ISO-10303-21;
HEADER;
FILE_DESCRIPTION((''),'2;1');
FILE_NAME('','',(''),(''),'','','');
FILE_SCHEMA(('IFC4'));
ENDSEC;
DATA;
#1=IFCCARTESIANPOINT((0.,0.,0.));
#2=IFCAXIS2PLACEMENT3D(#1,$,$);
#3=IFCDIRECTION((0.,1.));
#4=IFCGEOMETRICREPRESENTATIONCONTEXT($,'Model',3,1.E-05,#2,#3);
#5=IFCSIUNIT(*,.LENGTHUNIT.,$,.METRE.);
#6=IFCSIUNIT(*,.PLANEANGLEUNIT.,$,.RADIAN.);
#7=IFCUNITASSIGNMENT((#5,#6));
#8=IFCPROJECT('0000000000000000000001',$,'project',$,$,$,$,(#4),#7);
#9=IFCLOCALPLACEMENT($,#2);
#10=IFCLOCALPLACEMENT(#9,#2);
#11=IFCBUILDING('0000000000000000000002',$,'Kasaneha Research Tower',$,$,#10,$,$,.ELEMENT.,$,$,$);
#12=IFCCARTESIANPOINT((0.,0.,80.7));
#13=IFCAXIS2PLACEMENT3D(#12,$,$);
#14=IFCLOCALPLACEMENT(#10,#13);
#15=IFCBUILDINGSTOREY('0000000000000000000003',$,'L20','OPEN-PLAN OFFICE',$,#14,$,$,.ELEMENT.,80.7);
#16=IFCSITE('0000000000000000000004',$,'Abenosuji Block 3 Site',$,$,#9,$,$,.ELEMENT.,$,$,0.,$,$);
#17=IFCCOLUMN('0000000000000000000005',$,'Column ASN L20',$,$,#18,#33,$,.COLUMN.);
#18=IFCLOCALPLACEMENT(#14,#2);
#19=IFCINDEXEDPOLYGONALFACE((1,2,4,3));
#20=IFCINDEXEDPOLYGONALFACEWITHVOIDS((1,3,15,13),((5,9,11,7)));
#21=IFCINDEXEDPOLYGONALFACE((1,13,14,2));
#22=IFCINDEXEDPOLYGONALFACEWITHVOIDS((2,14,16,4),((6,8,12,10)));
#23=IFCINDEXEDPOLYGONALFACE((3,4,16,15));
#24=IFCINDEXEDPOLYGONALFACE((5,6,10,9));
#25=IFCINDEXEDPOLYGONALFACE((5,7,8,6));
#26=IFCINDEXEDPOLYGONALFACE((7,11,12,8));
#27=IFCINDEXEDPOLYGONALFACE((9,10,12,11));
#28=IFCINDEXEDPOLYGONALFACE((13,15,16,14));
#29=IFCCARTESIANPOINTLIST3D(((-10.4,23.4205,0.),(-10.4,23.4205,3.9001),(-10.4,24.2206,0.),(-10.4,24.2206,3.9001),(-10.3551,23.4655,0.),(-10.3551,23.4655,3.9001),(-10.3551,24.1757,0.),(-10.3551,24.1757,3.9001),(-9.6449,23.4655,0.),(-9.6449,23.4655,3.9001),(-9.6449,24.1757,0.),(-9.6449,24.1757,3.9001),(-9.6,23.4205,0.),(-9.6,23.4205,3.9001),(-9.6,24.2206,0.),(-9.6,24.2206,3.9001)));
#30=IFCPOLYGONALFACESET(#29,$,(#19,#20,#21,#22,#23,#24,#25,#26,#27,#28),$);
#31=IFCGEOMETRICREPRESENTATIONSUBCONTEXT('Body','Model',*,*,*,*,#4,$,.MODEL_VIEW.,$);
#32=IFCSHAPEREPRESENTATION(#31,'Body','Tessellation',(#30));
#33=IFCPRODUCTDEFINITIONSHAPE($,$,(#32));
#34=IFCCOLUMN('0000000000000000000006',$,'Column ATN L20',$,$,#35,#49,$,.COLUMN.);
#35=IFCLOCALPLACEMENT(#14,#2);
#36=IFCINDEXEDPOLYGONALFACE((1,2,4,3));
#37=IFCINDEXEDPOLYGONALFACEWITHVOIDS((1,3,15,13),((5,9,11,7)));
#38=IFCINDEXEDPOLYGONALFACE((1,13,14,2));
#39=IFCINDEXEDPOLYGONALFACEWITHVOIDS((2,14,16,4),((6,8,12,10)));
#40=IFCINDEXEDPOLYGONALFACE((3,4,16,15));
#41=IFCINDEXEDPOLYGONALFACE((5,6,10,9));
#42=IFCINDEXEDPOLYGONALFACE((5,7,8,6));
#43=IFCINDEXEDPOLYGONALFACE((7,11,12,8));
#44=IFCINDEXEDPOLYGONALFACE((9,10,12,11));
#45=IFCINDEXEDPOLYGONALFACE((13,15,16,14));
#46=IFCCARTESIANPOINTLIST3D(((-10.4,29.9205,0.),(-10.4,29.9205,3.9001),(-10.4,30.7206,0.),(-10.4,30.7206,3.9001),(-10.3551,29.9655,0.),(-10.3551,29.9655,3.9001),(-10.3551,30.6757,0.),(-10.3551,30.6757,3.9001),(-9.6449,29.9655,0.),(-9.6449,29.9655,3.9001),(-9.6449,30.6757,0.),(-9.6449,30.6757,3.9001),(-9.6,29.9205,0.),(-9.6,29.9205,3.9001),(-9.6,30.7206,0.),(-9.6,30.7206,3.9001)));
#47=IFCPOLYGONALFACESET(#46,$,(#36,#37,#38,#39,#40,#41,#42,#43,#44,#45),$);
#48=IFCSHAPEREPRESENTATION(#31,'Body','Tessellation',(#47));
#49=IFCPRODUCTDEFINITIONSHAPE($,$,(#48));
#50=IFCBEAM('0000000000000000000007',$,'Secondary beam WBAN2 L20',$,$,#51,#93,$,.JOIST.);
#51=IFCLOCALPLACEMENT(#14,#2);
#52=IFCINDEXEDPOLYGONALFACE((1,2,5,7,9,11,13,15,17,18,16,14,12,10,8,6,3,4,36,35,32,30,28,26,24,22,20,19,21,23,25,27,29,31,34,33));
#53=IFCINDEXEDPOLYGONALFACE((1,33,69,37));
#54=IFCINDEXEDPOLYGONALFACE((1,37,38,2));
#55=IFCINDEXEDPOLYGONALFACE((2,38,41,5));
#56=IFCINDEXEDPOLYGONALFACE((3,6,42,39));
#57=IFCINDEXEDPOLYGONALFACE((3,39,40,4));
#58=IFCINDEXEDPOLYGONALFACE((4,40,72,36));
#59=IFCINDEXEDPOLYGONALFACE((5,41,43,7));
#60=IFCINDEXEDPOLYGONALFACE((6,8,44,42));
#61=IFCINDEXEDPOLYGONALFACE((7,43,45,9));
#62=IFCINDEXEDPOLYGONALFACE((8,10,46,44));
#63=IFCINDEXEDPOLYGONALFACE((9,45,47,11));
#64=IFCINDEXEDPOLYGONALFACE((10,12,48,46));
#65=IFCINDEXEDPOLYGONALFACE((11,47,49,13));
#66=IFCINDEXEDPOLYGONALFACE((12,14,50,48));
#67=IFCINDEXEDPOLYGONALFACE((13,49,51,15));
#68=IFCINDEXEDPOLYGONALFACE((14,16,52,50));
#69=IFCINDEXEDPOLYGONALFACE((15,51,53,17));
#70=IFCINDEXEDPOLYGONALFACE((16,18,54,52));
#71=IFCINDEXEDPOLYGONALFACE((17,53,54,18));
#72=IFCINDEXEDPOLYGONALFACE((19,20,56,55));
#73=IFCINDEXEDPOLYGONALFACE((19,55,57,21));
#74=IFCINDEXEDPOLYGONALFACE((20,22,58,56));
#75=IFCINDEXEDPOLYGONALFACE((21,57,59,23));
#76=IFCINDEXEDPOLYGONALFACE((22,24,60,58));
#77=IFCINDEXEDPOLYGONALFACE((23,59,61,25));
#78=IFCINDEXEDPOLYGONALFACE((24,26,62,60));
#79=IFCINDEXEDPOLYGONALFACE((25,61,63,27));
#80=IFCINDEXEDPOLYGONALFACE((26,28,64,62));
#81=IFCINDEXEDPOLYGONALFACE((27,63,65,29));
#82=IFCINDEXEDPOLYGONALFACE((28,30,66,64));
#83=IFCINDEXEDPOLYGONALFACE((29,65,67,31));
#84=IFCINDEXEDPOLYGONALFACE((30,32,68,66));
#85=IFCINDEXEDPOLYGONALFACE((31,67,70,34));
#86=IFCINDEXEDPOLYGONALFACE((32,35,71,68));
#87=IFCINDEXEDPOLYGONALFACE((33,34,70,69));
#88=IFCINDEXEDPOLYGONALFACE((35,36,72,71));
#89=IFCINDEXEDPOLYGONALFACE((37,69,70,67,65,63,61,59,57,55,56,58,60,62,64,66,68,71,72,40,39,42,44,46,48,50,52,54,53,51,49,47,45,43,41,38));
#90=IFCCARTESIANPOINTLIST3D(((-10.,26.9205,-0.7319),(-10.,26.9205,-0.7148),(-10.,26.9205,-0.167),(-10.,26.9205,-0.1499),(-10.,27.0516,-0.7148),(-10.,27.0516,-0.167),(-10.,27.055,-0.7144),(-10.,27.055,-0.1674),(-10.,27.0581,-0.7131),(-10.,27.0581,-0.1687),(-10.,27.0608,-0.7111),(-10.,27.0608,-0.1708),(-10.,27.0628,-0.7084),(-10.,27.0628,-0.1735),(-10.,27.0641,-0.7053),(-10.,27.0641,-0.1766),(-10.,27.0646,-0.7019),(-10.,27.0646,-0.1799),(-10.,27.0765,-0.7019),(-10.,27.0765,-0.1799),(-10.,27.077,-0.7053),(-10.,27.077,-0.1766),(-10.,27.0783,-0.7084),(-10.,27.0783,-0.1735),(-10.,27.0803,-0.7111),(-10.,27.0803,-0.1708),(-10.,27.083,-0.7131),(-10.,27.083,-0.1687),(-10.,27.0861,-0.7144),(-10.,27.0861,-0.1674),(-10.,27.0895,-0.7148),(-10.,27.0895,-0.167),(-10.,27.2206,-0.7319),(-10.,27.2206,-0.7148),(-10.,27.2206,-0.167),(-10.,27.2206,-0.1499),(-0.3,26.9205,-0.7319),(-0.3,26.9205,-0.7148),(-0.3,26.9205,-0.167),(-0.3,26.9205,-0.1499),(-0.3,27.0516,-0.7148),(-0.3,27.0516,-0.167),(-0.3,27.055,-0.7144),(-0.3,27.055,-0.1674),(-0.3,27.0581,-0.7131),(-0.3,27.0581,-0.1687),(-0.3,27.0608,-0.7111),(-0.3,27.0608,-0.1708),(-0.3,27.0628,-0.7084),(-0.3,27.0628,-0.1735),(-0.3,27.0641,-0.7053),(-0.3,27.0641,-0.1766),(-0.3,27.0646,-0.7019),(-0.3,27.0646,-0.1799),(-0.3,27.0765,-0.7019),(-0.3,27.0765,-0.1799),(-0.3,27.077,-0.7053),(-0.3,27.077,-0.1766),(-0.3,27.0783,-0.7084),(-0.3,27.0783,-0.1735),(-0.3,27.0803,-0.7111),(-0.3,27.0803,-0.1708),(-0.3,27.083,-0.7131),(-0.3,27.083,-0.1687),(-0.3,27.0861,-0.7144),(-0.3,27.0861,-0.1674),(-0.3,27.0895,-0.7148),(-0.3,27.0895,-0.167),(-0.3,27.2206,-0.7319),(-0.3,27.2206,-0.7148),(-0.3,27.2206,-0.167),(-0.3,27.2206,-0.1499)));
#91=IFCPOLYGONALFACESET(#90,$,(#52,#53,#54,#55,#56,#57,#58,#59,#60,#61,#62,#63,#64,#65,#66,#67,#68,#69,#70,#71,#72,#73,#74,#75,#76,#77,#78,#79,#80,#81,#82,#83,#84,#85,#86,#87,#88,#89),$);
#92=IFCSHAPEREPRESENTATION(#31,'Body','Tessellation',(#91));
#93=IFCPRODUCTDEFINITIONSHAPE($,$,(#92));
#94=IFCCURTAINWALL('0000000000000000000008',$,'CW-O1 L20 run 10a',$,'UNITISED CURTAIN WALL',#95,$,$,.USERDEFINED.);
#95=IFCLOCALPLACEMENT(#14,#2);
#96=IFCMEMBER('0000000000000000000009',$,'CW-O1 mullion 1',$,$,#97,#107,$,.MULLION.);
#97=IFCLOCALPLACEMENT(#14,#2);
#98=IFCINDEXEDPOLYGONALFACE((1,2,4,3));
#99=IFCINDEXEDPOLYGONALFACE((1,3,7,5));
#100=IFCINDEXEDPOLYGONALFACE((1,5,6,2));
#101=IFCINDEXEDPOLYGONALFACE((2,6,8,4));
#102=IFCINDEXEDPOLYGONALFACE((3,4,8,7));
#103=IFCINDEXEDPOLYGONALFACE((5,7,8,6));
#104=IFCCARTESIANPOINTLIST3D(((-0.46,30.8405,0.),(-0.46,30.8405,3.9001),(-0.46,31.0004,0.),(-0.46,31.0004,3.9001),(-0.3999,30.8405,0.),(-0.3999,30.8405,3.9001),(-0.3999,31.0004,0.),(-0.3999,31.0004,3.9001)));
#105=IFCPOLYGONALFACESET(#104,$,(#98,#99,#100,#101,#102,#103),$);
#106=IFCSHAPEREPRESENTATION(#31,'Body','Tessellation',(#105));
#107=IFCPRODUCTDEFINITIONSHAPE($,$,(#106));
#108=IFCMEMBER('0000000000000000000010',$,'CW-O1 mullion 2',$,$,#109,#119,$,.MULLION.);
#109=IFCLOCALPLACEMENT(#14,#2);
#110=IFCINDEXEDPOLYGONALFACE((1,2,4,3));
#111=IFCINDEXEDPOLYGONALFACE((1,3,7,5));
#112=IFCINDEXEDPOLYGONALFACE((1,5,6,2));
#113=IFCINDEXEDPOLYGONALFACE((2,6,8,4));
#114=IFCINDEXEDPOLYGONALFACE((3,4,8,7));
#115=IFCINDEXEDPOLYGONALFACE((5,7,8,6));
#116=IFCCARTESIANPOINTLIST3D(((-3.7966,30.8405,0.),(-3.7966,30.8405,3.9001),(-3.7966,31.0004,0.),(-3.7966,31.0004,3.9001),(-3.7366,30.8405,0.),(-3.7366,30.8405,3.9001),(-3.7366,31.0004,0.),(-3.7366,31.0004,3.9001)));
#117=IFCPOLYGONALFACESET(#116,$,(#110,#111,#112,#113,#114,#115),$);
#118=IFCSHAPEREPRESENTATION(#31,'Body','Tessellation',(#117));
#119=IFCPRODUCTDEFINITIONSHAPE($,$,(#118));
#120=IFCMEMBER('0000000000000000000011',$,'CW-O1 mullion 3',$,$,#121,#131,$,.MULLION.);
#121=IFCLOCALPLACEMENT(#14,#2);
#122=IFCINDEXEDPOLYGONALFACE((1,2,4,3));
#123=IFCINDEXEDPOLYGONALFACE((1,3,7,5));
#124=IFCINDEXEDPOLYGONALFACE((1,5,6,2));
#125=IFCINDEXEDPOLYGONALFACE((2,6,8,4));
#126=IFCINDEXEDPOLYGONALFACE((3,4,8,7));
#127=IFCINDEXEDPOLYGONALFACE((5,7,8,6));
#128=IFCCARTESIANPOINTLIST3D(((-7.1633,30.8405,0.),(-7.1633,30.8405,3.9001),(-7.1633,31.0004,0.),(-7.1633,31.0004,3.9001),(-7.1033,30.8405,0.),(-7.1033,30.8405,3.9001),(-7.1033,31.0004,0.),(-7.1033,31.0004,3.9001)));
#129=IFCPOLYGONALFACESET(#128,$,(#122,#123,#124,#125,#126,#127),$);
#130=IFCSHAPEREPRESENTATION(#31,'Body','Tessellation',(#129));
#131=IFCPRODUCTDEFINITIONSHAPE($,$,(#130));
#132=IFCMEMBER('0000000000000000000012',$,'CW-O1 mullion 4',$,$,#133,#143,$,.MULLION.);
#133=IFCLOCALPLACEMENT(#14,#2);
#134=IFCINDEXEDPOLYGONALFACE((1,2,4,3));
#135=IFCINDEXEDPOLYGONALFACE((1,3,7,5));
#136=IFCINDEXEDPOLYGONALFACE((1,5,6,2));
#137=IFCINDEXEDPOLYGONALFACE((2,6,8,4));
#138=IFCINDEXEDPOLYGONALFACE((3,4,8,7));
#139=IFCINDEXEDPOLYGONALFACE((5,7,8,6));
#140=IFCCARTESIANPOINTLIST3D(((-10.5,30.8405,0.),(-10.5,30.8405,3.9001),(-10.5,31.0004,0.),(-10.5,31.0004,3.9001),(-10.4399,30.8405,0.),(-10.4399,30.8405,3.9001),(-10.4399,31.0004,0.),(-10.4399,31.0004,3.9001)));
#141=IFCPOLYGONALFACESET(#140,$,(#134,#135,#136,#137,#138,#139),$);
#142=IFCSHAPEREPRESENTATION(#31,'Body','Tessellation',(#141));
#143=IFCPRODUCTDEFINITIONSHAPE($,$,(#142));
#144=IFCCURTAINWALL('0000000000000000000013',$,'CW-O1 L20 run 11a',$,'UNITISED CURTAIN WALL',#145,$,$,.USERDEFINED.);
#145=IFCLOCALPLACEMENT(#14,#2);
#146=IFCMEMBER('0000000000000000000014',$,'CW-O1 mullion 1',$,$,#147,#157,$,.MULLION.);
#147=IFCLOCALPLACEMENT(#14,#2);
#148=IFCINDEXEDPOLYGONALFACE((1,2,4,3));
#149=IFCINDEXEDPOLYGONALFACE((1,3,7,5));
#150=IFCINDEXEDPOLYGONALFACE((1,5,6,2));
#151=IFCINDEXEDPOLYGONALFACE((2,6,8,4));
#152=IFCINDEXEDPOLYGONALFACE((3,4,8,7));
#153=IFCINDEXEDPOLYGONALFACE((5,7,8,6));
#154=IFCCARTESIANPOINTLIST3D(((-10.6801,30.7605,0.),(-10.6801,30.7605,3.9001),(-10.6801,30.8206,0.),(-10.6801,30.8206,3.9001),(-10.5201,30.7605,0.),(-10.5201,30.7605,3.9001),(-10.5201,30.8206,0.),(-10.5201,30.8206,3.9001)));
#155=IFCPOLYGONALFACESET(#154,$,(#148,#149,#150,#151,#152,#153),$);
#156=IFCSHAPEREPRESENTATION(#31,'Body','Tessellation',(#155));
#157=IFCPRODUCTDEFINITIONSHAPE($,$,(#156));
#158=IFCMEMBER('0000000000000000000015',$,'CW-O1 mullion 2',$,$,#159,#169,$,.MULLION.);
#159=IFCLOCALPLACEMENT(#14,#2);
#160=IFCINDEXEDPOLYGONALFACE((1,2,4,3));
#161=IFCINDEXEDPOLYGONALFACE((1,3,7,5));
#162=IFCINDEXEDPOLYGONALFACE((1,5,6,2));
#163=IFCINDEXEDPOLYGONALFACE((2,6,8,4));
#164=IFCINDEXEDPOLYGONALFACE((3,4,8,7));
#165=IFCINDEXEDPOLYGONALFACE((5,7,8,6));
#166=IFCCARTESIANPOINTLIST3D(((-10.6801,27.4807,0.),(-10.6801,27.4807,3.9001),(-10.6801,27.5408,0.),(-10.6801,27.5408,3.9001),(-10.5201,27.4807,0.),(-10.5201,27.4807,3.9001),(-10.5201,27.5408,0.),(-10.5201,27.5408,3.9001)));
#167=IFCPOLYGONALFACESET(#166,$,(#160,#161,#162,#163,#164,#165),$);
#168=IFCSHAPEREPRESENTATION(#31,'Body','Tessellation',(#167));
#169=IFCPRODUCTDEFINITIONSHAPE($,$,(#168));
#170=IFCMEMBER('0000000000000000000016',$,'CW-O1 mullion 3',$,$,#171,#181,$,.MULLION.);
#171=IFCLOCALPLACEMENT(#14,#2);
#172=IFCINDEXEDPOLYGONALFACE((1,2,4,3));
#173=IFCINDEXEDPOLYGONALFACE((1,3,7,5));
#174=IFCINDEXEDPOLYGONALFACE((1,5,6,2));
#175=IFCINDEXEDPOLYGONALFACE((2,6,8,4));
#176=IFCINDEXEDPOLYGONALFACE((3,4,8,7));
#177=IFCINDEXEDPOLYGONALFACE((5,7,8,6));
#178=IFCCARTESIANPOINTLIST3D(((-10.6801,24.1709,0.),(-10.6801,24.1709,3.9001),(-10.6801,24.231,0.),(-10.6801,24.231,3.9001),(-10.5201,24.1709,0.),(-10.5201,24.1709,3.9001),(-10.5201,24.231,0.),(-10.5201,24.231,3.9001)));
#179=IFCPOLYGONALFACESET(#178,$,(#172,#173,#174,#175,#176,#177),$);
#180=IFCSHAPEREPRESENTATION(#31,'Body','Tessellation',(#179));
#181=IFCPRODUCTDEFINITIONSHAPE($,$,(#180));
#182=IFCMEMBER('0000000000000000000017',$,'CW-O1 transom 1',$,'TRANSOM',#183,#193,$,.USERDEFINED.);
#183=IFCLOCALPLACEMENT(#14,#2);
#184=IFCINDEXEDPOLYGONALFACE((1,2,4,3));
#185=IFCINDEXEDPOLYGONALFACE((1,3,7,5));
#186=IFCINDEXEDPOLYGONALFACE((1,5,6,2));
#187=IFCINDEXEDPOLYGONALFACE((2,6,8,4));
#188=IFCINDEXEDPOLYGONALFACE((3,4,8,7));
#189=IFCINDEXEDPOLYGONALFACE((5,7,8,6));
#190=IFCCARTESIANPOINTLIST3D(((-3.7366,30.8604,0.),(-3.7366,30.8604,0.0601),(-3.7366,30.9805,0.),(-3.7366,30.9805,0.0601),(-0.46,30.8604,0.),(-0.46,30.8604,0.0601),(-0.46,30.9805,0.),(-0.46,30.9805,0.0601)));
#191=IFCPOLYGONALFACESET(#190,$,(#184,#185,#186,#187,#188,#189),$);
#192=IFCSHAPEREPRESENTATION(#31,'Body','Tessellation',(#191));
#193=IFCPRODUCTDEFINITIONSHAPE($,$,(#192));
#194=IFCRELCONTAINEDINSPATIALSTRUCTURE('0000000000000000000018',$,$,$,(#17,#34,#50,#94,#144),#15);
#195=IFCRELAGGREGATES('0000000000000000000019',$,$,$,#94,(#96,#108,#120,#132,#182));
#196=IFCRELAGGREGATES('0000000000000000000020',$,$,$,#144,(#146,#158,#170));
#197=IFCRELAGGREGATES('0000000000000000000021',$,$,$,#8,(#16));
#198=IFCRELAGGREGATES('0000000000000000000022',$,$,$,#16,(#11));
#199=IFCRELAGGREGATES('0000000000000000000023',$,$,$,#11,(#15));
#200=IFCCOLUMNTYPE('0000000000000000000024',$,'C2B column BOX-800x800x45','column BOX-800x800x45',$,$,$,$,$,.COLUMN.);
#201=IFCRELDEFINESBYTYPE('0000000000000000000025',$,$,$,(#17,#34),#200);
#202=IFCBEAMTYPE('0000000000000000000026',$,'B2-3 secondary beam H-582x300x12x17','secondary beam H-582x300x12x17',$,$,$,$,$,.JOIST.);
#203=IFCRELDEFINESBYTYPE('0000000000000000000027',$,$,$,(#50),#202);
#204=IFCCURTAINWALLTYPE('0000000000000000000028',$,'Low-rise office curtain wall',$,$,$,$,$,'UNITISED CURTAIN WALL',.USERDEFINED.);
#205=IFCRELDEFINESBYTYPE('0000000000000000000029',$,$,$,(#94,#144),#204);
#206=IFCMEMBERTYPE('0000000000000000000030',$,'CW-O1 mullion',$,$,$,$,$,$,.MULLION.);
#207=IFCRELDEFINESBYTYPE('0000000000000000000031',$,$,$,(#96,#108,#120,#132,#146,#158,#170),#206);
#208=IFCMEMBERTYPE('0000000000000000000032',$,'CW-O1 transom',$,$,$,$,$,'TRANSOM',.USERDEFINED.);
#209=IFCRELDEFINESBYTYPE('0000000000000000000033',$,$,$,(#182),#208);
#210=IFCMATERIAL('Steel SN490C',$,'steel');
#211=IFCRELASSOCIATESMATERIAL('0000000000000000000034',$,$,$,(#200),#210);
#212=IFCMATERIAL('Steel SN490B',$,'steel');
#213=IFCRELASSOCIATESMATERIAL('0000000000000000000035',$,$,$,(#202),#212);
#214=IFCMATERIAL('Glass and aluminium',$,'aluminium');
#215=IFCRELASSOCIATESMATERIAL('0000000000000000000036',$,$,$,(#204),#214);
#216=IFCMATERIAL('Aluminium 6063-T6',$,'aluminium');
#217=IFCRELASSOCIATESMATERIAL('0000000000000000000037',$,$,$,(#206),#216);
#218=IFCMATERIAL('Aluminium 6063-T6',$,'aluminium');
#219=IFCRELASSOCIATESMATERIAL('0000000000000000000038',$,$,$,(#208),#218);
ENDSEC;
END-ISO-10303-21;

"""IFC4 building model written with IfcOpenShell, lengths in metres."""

from ifc_helpers import new_model, si_unit, direction, frame, origin, origin_2d, place, context, subcontext, project, spatial, rectangle, hollow_rectangle, i_section, extrude, material, material_profile, profile_set, type_object, element, aggregate, save


model = new_model("IFC4")

# Units and contexts
model_context = context("Model", 3, precision=1e-05, world=origin(), true_north=direction((0.0, 1.0)))
body_context = subcontext(model_context, "Body", "Model", "MODEL_VIEW")
ifc_project = project(units=[si_unit("LENGTHUNIT", "METRE"), si_unit("PLANEANGLEUNIT", "RADIAN")], contexts=[model_context])

# Site, building, storey
site_placement = place(None, origin())
site = spatial("IfcSite", under=ifc_project, at=site_placement, Name="Abenosuji Block 3 Site", CompositionType="ELEMENT", RefElevation=0.0)
building_placement = place(site_placement, origin())
building = spatial("IfcBuilding", under=site, at=building_placement, Name="Kasaneha Research Tower", CompositionType="ELEMENT")
storey_placement = place(building_placement, frame((0.0, 0.0, 80.7)))
storey = spatial("IfcBuildingStorey", under=building, at=storey_placement, Name="L20", Description="OPEN-PLAN OFFICE", CompositionType="ELEMENT", Elevation=80.7)

# Columns
ifc_material_1 = material(Name="Steel SN490C", Category="steel")
ifc_material_profile_1 = material_profile(ifc_material_1, hollow_rectangle(XDim=0.8, YDim=0.8, WallThickness=0.0449, at=origin_2d()), Name="BOX-800x800x45")
ifc_profile_set_1 = profile_set([ifc_material_profile_1], Name="Steel SN490C")
column_type = type_object("IfcColumnType", Name="C2B column BOX-800x800x45", Description="column BOX-800x800x45", PredefinedType="COLUMN", material=ifc_profile_set_1)
for number, where, z_axis, x_axis, name in (
    (1, (-10.0, 23.8206, 0.0), (0.0, 0.0, 1.0), (1.0, 0.0, 0.0), "Column ASN L20"),
    (2, (-10.0, 30.3206, 0.0), (0.0, 0.0, 1.0), (1.0, 0.0, 0.0), "Column ATN L20"),
):
    element("IfcColumn", number, at=place(storey_placement, frame(where, z_axis=z_axis, x_axis=x_axis)), inside=storey, type_object=column_type, Name=name, PredefinedType="COLUMN", context=body_context, shape_type="SweptSolid", body=[
        extrude(hollow_rectangle(XDim=0.8, YDim=0.8, WallThickness=0.0449, at=origin_2d()), origin(), (0.0, 0.0, 1.0), 3.9001),
    ])

# Beam
ifc_material_2 = material(Name="Steel SN490B", Category="steel")
ifc_material_profile_2 = material_profile(ifc_material_2, i_section(OverallWidth=0.3, OverallDepth=0.582, WebThickness=0.012, FlangeThickness=0.0171, FilletRadius=0.0129, at=origin_2d()), Name="H-582x300x12x17")
ifc_profile_set_2 = profile_set([ifc_material_profile_2], Name="Steel SN490B")
beam_type_1 = type_object("IfcBeamType", Name="B2-3 secondary beam H-582x300x12x17", Description="secondary beam H-582x300x12x17", PredefinedType="JOIST", material=ifc_profile_set_2)
beam_1_placement = place(storey_placement, frame((-10.0, 27.0706, -0.4409), z_axis=(1.0, 0.0, 0.0), x_axis=(0.0, 1.0, 0.0)))
element("IfcBeam", 3, at=beam_1_placement, inside=storey, type_object=beam_type_1, Name="Secondary beam WBAN2 L20", PredefinedType="JOIST", context=body_context, shape_type="SweptSolid", body=[
    extrude(i_section(OverallWidth=0.3, OverallDepth=0.582, WebThickness=0.012, FlangeThickness=0.0171, FilletRadius=0.0129, at=origin_2d()), origin(), (0.0, 0.0, 1.0), 9.7),
])

# Curtain walls, members
ifc_material_3 = material(Name="Glass and aluminium", Category="aluminium")
curtain_wall_type = type_object("IfcCurtainWallType", Name="Low-rise office curtain wall", ElementType="UNITISED CURTAIN WALL", PredefinedType="USERDEFINED", material=ifc_material_3)
curtain_wall_1_placement = place(storey_placement, origin())
curtain_wall_1 = element("IfcCurtainWall", 4, at=curtain_wall_1_placement, inside=storey, type_object=curtain_wall_type, Name="CW-O1 L20 run 10a", ObjectType="UNITISED CURTAIN WALL", PredefinedType="USERDEFINED")
ifc_material_4 = material(Name="Aluminium 6063-T6", Category="aluminium")
ifc_material_profile_3 = material_profile(ifc_material_4, rectangle(XDim=0.0601, YDim=0.1599, at=origin_2d()), Name="CW-O1 mullion 60x160")
ifc_profile_set_3 = profile_set([ifc_material_profile_3], Name="Aluminium 6063-T6")
member_type_1 = type_object("IfcMemberType", Name="CW-O1 mullion", PredefinedType="MULLION", material=ifc_profile_set_3)
member_1_placement = place(storey_placement, frame((-0.4299, 30.9204, 0.0), z_axis=(0.0, 0.0, 1.0), x_axis=(-1.0, 0.0, 0.0)))
member_1 = element("IfcMember", 5, at=member_1_placement, type_object=member_type_1, Name="CW-O1 mullion 1", PredefinedType="MULLION", context=body_context, shape_type="SweptSolid", body=[
    extrude(rectangle(XDim=0.0601, YDim=0.1599, at=origin_2d()), origin(), (0.0, 0.0, 1.0), 3.9001),
])
member_2_placement = place(storey_placement, frame((-3.7666, 30.9204, 0.0), z_axis=(0.0, 0.0, 1.0), x_axis=(-1.0, 0.0, 0.0)))
member_2 = element("IfcMember", 6, at=member_2_placement, type_object=member_type_1, Name="CW-O1 mullion 2", PredefinedType="MULLION", context=body_context, shape_type="SweptSolid", body=[
    extrude(rectangle(XDim=0.0601, YDim=0.1599, at=origin_2d()), origin(), (0.0, 0.0, 1.0), 3.9001),
])
member_3_placement = place(storey_placement, frame((-7.1333, 30.9204, 0.0), z_axis=(0.0, 0.0, 1.0), x_axis=(-1.0, 0.0, 0.0)))
member_3 = element("IfcMember", 7, at=member_3_placement, type_object=member_type_1, Name="CW-O1 mullion 3", PredefinedType="MULLION", context=body_context, shape_type="SweptSolid", body=[
    extrude(rectangle(XDim=0.0601, YDim=0.1599, at=origin_2d()), origin(), (0.0, 0.0, 1.0), 3.9001),
])
member_4_placement = place(storey_placement, frame((-10.47, 30.9204, 0.0), z_axis=(0.0, 0.0, 1.0), x_axis=(-1.0, 0.0, 0.0)))
member_4 = element("IfcMember", 8, at=member_4_placement, type_object=member_type_1, Name="CW-O1 mullion 4", PredefinedType="MULLION", context=body_context, shape_type="SweptSolid", body=[
    extrude(rectangle(XDim=0.0601, YDim=0.1599, at=origin_2d()), origin(), (0.0, 0.0, 1.0), 3.9001),
])
curtain_wall_2_placement = place(storey_placement, origin())
curtain_wall_2 = element("IfcCurtainWall", 9, at=curtain_wall_2_placement, inside=storey, type_object=curtain_wall_type, Name="CW-O1 L20 run 11a", ObjectType="UNITISED CURTAIN WALL", PredefinedType="USERDEFINED")
member_5_placement = place(storey_placement, frame((-10.6001, 30.7905, 0.0), z_axis=(0.0, 0.0, 1.0), x_axis=(0.0, -1.0, 0.0)))
member_5 = element("IfcMember", 10, at=member_5_placement, type_object=member_type_1, Name="CW-O1 mullion 1", PredefinedType="MULLION", context=body_context, shape_type="SweptSolid", body=[
    extrude(rectangle(XDim=0.0601, YDim=0.1599, at=origin_2d()), origin(), (0.0, 0.0, 1.0), 3.9001),
])
member_6_placement = place(storey_placement, frame((-10.6001, 27.5107, 0.0), z_axis=(0.0, 0.0, 1.0), x_axis=(0.0, -1.0, 0.0)))
member_6 = element("IfcMember", 11, at=member_6_placement, type_object=member_type_1, Name="CW-O1 mullion 2", PredefinedType="MULLION", context=body_context, shape_type="SweptSolid", body=[
    extrude(rectangle(XDim=0.0601, YDim=0.1599, at=origin_2d()), origin(), (0.0, 0.0, 1.0), 3.9001),
])
member_7_placement = place(storey_placement, frame((-10.6001, 24.2009, 0.0), z_axis=(0.0, 0.0, 1.0), x_axis=(0.0, -1.0, 0.0)))
member_7 = element("IfcMember", 12, at=member_7_placement, type_object=member_type_1, Name="CW-O1 mullion 3", PredefinedType="MULLION", context=body_context, shape_type="SweptSolid", body=[
    extrude(rectangle(XDim=0.0601, YDim=0.1599, at=origin_2d()), origin(), (0.0, 0.0, 1.0), 3.9001),
])

# Member
ifc_material_5 = material(Name="Aluminium 6063-T6", Category="aluminium")
ifc_material_profile_4 = material_profile(ifc_material_5, rectangle(XDim=0.1201, YDim=0.0601, at=origin_2d()), Name="CW-O1 transom 120x60")
ifc_profile_set_4 = profile_set([ifc_material_profile_4], Name="Aluminium 6063-T6")
member_type_2 = type_object("IfcMemberType", Name="CW-O1 transom", ElementType="TRANSOM", PredefinedType="USERDEFINED", material=ifc_profile_set_4)
member_8_placement = place(storey_placement, frame((-0.46, 30.9204, 0.03), z_axis=(-1.0, 0.0, 0.0), x_axis=(0.0, -1.0, 0.0)))
member_8 = element("IfcMember", 13, at=member_8_placement, type_object=member_type_2, Name="CW-O1 transom 1", ObjectType="TRANSOM", PredefinedType="USERDEFINED", context=body_context, shape_type="SweptSolid", body=[
    extrude(rectangle(XDim=0.1201, YDim=0.0601, at=origin_2d()), origin(), (0.0, 0.0, 1.0), 3.2766),
])

aggregate(curtain_wall_1, [member_1, member_2, member_3, member_4, member_8])
aggregate(curtain_wall_2, [member_5, member_6, member_7])

save(model, "model.ifc")
